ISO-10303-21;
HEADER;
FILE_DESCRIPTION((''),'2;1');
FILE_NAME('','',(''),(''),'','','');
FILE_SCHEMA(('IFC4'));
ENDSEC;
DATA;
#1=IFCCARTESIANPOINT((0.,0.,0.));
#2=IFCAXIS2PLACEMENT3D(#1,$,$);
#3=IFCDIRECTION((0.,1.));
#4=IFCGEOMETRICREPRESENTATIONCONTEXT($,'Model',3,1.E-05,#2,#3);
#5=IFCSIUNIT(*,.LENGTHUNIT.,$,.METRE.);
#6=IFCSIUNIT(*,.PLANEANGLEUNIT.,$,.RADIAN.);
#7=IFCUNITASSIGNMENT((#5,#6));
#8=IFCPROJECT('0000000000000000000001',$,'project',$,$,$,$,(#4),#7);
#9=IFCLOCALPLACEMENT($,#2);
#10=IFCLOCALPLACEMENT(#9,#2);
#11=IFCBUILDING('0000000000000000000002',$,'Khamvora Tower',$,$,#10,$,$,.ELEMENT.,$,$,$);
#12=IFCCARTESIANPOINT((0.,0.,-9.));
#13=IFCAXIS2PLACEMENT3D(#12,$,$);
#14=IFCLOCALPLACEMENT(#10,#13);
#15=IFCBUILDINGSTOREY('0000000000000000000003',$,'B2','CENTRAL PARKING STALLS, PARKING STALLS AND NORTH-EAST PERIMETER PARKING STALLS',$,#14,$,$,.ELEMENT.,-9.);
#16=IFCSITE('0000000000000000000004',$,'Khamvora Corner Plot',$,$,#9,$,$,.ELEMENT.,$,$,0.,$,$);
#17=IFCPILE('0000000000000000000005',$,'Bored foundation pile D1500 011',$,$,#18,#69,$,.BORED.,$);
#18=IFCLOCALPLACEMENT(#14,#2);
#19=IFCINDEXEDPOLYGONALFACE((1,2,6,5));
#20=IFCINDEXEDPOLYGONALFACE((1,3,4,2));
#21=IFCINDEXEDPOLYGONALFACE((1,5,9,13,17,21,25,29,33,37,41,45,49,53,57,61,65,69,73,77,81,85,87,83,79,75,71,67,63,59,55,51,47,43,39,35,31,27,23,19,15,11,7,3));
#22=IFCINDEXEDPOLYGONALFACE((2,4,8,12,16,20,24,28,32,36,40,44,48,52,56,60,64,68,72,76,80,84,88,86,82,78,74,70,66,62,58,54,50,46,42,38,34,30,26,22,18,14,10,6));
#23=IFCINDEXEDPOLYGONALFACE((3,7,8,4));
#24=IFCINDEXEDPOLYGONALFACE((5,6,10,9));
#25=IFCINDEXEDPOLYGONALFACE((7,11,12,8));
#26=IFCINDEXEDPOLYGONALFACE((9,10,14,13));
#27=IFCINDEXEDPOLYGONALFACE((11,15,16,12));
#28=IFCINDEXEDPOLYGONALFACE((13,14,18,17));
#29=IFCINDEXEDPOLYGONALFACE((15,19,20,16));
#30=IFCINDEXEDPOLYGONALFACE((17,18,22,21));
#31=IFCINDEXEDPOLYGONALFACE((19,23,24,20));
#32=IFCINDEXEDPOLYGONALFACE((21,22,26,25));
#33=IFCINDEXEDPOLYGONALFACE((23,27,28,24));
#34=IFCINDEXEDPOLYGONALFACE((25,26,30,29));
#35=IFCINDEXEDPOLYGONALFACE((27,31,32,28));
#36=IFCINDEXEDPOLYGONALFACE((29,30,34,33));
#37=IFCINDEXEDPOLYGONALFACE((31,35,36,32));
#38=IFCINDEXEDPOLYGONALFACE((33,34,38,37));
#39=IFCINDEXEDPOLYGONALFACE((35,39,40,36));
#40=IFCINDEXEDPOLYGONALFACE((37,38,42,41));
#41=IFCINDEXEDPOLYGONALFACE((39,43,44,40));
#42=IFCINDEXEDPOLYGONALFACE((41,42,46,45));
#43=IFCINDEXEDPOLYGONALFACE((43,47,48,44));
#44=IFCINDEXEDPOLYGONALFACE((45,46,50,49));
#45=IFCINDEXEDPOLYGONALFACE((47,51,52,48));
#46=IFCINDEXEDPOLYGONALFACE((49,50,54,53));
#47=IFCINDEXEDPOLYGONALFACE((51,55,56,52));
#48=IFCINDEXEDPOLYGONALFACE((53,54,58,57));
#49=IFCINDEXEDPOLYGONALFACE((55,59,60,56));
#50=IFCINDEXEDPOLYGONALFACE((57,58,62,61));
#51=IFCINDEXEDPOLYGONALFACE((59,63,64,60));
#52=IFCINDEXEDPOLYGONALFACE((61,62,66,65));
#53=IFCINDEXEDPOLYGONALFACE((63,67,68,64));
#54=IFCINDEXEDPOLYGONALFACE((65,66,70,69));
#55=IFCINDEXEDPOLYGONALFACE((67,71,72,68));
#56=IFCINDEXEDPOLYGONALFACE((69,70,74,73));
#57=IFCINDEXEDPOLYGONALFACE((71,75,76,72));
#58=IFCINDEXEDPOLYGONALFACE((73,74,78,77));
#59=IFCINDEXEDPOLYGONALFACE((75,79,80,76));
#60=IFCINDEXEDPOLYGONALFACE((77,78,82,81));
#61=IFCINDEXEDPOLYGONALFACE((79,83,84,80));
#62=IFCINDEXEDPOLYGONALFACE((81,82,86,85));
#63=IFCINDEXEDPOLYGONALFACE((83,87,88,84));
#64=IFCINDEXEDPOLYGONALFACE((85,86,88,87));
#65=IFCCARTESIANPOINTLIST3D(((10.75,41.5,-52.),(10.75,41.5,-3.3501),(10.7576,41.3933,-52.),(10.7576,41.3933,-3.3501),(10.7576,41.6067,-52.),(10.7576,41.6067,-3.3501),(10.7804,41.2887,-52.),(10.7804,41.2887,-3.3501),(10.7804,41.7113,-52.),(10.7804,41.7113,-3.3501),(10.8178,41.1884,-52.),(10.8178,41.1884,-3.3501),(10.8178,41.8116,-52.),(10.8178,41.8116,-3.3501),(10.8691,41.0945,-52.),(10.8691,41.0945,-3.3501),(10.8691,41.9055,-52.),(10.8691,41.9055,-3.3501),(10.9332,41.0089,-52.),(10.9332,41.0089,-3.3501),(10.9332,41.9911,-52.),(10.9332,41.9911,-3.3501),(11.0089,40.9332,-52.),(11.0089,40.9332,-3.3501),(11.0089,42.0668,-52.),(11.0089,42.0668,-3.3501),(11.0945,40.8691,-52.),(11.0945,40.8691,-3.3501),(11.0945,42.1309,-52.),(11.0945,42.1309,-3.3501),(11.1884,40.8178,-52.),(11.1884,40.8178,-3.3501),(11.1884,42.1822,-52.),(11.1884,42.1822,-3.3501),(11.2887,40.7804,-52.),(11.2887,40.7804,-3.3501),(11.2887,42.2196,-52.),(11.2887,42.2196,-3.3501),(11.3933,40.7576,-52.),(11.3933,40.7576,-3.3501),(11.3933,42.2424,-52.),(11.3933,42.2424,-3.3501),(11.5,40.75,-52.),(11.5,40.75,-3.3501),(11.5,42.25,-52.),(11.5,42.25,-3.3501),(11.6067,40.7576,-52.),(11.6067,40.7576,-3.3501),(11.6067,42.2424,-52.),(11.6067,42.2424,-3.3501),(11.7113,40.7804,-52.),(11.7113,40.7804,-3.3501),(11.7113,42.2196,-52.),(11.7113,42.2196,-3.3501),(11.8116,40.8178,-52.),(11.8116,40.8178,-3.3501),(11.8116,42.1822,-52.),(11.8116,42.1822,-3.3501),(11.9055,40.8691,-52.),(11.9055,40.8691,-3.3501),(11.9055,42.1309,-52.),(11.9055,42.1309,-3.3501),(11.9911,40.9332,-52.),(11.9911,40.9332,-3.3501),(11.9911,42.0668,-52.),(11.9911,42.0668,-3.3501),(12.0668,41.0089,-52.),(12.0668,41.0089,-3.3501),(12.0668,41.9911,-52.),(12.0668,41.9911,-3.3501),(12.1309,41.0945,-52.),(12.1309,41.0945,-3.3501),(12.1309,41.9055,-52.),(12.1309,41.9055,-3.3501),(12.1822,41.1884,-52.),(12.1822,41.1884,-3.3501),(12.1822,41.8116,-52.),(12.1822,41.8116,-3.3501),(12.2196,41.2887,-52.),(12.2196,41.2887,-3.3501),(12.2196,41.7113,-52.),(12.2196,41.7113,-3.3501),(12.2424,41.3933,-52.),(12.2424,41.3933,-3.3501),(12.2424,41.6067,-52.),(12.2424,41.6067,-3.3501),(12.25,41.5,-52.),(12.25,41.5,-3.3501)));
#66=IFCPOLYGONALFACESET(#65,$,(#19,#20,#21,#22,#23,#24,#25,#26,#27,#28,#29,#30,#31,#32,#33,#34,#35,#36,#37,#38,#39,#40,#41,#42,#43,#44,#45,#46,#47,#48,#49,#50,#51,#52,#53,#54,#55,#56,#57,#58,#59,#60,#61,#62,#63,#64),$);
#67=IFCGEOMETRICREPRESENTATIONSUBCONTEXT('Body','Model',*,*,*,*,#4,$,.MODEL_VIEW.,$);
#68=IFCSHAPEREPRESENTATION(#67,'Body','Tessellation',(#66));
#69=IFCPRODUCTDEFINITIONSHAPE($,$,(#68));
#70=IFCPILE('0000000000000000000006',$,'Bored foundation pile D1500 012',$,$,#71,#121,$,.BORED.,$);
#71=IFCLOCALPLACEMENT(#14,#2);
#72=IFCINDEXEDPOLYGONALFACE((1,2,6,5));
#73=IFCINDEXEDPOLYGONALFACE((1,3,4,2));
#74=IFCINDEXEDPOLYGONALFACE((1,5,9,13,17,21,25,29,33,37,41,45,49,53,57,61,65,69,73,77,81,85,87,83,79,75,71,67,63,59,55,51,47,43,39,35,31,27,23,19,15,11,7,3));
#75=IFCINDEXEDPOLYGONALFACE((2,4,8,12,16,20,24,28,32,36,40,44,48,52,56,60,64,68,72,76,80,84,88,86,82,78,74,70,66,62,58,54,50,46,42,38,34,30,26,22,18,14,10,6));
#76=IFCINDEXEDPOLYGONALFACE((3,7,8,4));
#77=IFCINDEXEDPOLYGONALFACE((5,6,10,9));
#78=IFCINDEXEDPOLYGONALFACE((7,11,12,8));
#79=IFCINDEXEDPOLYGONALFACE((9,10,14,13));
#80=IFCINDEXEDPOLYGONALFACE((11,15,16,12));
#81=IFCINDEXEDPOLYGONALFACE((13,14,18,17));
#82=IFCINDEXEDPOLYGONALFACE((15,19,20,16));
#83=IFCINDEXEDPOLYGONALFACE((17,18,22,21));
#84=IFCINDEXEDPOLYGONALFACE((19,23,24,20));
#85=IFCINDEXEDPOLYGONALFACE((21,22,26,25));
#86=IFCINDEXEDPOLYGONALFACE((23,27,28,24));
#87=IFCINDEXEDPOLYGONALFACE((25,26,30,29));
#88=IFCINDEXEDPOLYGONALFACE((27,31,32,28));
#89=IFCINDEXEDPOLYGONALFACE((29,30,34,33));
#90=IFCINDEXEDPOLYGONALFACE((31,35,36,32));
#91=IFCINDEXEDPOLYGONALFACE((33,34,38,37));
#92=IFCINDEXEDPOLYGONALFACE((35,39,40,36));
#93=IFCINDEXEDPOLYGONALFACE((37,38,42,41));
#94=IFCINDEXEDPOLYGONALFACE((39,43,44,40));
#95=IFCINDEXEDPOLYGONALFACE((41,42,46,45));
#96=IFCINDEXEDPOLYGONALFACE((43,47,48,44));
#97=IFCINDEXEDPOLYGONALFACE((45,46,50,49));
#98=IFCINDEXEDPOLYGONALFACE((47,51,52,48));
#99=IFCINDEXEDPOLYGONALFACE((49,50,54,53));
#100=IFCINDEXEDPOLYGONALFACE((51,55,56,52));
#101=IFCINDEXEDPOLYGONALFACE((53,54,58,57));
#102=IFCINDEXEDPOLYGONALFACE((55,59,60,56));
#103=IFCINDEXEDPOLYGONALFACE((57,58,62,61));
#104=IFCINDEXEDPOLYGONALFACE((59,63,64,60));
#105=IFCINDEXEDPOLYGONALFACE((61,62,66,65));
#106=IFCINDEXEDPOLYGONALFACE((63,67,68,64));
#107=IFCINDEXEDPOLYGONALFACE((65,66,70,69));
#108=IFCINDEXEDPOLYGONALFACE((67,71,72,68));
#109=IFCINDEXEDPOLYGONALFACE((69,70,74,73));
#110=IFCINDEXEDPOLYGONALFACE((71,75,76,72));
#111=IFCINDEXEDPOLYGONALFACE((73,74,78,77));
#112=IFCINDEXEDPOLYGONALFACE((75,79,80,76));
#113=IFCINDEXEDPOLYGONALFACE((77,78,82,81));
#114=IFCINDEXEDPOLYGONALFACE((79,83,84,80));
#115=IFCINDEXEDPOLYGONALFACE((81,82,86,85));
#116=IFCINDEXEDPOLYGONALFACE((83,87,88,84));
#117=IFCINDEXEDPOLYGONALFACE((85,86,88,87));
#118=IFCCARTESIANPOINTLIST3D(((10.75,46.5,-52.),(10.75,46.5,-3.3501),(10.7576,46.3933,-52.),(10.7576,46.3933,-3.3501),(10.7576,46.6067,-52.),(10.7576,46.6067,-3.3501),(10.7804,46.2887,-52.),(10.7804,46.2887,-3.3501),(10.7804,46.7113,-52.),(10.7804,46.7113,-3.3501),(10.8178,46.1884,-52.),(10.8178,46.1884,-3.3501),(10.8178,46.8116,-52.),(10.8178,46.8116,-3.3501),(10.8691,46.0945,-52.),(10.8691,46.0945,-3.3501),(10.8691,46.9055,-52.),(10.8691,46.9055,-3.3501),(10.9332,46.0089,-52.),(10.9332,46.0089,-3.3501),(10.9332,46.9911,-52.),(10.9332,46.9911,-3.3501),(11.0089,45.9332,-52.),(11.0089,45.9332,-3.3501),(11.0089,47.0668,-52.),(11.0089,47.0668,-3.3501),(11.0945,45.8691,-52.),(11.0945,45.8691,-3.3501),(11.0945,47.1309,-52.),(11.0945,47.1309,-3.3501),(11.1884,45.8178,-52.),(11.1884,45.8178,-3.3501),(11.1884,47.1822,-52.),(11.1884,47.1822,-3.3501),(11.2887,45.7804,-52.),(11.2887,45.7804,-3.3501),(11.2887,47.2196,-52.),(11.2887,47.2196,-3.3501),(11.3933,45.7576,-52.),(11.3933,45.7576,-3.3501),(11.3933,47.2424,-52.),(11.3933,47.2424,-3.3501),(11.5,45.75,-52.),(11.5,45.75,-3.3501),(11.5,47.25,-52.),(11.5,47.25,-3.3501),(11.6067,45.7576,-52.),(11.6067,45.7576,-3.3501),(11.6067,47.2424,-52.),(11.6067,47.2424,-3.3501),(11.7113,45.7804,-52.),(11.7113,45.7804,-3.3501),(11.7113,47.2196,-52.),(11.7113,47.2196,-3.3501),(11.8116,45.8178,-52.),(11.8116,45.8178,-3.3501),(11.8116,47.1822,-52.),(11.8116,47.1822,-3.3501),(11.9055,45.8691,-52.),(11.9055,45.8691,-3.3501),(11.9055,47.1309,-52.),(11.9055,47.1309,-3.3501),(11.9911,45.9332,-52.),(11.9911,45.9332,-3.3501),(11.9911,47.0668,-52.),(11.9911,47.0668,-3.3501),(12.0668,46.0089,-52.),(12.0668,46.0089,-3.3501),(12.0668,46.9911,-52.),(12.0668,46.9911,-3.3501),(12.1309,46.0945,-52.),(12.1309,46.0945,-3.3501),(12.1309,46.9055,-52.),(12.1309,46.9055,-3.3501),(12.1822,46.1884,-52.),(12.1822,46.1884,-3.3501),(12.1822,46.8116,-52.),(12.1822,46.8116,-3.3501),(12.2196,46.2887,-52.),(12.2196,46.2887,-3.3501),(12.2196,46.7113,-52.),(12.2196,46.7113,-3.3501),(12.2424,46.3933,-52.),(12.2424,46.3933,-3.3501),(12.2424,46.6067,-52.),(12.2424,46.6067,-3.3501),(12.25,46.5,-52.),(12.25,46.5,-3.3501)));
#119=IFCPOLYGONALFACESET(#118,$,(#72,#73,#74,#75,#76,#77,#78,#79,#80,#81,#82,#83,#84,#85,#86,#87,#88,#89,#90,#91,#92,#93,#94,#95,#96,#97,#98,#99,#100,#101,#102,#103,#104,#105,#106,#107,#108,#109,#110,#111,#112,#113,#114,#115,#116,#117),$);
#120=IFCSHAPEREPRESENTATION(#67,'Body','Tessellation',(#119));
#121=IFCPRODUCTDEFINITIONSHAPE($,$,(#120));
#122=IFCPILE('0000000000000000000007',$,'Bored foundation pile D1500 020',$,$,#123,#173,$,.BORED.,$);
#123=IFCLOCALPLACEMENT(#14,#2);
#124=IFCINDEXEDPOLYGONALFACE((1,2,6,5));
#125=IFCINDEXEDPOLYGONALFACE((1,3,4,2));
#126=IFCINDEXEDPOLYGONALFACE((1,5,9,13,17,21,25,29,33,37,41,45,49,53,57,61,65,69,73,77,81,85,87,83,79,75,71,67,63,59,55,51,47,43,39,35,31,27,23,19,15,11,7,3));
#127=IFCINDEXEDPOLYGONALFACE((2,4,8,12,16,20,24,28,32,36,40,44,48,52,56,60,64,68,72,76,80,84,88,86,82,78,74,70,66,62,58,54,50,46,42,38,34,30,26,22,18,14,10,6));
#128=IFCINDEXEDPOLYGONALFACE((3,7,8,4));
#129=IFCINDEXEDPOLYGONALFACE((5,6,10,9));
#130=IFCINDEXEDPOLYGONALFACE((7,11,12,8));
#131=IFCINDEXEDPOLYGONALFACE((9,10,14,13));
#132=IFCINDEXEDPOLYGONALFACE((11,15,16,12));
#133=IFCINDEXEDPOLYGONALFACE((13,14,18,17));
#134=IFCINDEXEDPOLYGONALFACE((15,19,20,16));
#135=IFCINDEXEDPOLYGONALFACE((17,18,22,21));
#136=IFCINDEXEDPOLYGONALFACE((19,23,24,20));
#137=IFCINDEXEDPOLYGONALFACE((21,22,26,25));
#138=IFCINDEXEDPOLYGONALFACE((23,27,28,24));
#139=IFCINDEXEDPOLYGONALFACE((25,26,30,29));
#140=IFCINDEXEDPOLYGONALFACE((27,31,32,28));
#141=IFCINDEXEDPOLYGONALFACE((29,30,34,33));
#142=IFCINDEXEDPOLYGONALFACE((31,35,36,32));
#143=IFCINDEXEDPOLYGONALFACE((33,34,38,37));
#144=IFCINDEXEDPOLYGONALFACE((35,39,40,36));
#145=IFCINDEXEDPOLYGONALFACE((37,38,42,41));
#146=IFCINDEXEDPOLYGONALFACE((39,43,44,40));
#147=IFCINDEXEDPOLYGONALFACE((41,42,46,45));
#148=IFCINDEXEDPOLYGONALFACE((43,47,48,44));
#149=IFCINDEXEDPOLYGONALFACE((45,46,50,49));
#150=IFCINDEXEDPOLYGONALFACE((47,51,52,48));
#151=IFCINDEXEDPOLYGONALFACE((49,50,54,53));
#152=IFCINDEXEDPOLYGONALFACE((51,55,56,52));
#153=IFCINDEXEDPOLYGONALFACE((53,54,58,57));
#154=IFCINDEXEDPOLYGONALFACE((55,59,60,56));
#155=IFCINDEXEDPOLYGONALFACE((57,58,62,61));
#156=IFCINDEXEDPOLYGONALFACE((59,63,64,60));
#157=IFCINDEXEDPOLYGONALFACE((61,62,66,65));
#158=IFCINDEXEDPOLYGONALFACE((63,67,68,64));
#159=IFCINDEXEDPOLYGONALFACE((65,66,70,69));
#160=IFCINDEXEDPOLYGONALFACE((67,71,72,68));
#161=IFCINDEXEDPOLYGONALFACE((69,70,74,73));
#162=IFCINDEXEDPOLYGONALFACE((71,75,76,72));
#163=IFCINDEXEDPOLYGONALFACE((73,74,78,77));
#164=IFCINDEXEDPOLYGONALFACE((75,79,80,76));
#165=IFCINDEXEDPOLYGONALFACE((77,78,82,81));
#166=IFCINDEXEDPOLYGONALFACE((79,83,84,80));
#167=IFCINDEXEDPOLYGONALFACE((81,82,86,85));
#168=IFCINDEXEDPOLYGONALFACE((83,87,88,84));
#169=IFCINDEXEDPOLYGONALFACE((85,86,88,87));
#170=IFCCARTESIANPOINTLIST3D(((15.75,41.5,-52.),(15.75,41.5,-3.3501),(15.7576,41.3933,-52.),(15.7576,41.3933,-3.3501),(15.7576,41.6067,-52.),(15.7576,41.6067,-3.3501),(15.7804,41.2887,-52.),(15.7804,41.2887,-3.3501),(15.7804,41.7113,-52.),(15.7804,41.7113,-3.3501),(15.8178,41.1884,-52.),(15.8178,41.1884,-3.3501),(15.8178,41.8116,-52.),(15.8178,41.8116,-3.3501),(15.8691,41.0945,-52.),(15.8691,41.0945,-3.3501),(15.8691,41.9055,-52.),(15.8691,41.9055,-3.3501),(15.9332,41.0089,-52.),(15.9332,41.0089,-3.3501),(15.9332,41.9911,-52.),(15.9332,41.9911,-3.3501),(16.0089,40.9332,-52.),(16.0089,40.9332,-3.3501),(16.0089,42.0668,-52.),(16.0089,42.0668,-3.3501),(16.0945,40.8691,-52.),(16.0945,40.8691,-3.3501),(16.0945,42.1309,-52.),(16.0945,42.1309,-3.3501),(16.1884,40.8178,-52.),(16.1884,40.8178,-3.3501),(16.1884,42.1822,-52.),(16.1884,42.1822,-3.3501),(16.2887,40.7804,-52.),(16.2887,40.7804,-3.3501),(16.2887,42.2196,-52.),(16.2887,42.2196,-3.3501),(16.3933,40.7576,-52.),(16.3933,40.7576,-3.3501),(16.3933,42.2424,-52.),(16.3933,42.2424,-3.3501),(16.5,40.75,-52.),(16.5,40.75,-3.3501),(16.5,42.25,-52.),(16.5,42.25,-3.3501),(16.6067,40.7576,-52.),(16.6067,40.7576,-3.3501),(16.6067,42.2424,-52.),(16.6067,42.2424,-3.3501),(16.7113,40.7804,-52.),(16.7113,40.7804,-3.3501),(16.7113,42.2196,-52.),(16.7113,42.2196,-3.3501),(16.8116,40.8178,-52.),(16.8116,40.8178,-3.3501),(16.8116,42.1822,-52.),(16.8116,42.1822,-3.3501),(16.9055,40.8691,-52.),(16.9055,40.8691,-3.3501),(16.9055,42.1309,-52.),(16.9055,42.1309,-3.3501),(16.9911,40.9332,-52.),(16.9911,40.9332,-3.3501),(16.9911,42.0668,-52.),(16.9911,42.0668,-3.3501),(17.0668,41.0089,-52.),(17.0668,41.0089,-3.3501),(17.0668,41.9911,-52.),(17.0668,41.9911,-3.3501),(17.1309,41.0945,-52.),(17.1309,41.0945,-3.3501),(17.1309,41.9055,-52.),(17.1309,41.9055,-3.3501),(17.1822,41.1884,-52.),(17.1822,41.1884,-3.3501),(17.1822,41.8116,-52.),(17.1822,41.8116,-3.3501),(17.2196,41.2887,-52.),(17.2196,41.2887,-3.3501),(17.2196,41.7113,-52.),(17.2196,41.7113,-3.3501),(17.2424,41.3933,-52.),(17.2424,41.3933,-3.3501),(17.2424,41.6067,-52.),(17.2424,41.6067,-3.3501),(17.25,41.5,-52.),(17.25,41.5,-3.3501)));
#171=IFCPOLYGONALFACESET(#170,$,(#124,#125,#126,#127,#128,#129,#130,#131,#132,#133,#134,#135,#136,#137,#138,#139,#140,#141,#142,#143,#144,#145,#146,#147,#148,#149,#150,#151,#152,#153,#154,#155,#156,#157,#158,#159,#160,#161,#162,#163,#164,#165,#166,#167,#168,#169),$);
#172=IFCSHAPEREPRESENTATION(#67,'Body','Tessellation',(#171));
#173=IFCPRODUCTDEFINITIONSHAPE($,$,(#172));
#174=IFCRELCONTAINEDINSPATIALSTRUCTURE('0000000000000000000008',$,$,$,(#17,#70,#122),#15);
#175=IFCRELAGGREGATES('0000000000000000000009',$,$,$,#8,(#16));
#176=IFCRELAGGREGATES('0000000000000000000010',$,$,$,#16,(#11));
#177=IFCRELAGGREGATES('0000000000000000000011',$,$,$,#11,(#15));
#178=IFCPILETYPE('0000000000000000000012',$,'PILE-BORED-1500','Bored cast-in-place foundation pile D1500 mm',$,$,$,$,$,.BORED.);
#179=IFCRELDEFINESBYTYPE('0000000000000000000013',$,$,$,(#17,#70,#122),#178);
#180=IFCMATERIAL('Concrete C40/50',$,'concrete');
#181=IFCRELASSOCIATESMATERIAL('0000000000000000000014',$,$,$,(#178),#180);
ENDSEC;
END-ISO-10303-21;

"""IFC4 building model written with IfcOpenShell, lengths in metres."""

from ifc_helpers import new_model, si_unit, direction, frame, origin, origin_2d, place, context, subcontext, project, spatial, circle, extrude, material, material_profile, profile_set, type_object, element, save


model = new_model("IFC4")

# Units and contexts
model_context = context("Model", 3, precision=1e-05, world=origin(), true_north=direction((0.0, 1.0)))
body_context = subcontext(model_context, "Body", "Model", "MODEL_VIEW")
ifc_project = project(units=[si_unit("LENGTHUNIT", "METRE"), si_unit("PLANEANGLEUNIT", "RADIAN")], contexts=[model_context])

# Site, building, storey
site_placement = place(None, origin())
site = spatial("IfcSite", under=ifc_project, at=site_placement, Name="Khamvora Corner Plot", CompositionType="ELEMENT", RefElevation=0.0)
building_placement = place(site_placement, origin())
building = spatial("IfcBuilding", under=site, at=building_placement, Name="Khamvora Tower", CompositionType="ELEMENT")
storey_placement = place(building_placement, frame((0.0, 0.0, -9.0)))
storey = spatial("IfcBuildingStorey", under=building, at=storey_placement, Name="B2", Description="CENTRAL PARKING STALLS, PARKING STALLS AND NORTH-EAST PERIMETER PARKING STALLS", CompositionType="ELEMENT", Elevation=-9.0)

# Piles
ifc_material_1 = material(Name="Concrete C40/50", Category="concrete")
ifc_material_profile_1 = material_profile(ifc_material_1, circle(Radius=0.75, at=origin_2d()), Name="PILE_D1500")
ifc_profile_set_1 = profile_set([ifc_material_profile_1], Name="Concrete C40/50")
pile_type_1 = type_object("IfcPileType", Name="PILE-BORED-1500", Description="Bored cast-in-place foundation pile D1500 mm", PredefinedType="BORED", material=ifc_profile_set_1)
for number, where, z_axis, x_axis, name in (
    (1, (11.5, 41.5, -3.3501), (0.0, 0.0, -1.0), (1.0, 0.0, 0.0), "Bored foundation pile D1500 011"),
    (2, (11.5, 46.5, -3.3501), (0.0, 0.0, -1.0), (1.0, 0.0, 0.0), "Bored foundation pile D1500 012"),
    (3, (16.5, 41.5, -3.3501), (0.0, 0.0, -1.0), (1.0, 0.0, 0.0), "Bored foundation pile D1500 020"),
):
    element("IfcPile", number, at=place(storey_placement, frame(where, z_axis=z_axis, x_axis=x_axis)), inside=storey, type_object=pile_type_1, Name=name, PredefinedType="BORED", context=body_context, shape_type="SweptSolid", body=[
        extrude(circle(Radius=0.75, at=origin_2d()), origin(), (0.0, 0.0, 1.0), 48.6499),
    ])

save(model, "model.ifc")
